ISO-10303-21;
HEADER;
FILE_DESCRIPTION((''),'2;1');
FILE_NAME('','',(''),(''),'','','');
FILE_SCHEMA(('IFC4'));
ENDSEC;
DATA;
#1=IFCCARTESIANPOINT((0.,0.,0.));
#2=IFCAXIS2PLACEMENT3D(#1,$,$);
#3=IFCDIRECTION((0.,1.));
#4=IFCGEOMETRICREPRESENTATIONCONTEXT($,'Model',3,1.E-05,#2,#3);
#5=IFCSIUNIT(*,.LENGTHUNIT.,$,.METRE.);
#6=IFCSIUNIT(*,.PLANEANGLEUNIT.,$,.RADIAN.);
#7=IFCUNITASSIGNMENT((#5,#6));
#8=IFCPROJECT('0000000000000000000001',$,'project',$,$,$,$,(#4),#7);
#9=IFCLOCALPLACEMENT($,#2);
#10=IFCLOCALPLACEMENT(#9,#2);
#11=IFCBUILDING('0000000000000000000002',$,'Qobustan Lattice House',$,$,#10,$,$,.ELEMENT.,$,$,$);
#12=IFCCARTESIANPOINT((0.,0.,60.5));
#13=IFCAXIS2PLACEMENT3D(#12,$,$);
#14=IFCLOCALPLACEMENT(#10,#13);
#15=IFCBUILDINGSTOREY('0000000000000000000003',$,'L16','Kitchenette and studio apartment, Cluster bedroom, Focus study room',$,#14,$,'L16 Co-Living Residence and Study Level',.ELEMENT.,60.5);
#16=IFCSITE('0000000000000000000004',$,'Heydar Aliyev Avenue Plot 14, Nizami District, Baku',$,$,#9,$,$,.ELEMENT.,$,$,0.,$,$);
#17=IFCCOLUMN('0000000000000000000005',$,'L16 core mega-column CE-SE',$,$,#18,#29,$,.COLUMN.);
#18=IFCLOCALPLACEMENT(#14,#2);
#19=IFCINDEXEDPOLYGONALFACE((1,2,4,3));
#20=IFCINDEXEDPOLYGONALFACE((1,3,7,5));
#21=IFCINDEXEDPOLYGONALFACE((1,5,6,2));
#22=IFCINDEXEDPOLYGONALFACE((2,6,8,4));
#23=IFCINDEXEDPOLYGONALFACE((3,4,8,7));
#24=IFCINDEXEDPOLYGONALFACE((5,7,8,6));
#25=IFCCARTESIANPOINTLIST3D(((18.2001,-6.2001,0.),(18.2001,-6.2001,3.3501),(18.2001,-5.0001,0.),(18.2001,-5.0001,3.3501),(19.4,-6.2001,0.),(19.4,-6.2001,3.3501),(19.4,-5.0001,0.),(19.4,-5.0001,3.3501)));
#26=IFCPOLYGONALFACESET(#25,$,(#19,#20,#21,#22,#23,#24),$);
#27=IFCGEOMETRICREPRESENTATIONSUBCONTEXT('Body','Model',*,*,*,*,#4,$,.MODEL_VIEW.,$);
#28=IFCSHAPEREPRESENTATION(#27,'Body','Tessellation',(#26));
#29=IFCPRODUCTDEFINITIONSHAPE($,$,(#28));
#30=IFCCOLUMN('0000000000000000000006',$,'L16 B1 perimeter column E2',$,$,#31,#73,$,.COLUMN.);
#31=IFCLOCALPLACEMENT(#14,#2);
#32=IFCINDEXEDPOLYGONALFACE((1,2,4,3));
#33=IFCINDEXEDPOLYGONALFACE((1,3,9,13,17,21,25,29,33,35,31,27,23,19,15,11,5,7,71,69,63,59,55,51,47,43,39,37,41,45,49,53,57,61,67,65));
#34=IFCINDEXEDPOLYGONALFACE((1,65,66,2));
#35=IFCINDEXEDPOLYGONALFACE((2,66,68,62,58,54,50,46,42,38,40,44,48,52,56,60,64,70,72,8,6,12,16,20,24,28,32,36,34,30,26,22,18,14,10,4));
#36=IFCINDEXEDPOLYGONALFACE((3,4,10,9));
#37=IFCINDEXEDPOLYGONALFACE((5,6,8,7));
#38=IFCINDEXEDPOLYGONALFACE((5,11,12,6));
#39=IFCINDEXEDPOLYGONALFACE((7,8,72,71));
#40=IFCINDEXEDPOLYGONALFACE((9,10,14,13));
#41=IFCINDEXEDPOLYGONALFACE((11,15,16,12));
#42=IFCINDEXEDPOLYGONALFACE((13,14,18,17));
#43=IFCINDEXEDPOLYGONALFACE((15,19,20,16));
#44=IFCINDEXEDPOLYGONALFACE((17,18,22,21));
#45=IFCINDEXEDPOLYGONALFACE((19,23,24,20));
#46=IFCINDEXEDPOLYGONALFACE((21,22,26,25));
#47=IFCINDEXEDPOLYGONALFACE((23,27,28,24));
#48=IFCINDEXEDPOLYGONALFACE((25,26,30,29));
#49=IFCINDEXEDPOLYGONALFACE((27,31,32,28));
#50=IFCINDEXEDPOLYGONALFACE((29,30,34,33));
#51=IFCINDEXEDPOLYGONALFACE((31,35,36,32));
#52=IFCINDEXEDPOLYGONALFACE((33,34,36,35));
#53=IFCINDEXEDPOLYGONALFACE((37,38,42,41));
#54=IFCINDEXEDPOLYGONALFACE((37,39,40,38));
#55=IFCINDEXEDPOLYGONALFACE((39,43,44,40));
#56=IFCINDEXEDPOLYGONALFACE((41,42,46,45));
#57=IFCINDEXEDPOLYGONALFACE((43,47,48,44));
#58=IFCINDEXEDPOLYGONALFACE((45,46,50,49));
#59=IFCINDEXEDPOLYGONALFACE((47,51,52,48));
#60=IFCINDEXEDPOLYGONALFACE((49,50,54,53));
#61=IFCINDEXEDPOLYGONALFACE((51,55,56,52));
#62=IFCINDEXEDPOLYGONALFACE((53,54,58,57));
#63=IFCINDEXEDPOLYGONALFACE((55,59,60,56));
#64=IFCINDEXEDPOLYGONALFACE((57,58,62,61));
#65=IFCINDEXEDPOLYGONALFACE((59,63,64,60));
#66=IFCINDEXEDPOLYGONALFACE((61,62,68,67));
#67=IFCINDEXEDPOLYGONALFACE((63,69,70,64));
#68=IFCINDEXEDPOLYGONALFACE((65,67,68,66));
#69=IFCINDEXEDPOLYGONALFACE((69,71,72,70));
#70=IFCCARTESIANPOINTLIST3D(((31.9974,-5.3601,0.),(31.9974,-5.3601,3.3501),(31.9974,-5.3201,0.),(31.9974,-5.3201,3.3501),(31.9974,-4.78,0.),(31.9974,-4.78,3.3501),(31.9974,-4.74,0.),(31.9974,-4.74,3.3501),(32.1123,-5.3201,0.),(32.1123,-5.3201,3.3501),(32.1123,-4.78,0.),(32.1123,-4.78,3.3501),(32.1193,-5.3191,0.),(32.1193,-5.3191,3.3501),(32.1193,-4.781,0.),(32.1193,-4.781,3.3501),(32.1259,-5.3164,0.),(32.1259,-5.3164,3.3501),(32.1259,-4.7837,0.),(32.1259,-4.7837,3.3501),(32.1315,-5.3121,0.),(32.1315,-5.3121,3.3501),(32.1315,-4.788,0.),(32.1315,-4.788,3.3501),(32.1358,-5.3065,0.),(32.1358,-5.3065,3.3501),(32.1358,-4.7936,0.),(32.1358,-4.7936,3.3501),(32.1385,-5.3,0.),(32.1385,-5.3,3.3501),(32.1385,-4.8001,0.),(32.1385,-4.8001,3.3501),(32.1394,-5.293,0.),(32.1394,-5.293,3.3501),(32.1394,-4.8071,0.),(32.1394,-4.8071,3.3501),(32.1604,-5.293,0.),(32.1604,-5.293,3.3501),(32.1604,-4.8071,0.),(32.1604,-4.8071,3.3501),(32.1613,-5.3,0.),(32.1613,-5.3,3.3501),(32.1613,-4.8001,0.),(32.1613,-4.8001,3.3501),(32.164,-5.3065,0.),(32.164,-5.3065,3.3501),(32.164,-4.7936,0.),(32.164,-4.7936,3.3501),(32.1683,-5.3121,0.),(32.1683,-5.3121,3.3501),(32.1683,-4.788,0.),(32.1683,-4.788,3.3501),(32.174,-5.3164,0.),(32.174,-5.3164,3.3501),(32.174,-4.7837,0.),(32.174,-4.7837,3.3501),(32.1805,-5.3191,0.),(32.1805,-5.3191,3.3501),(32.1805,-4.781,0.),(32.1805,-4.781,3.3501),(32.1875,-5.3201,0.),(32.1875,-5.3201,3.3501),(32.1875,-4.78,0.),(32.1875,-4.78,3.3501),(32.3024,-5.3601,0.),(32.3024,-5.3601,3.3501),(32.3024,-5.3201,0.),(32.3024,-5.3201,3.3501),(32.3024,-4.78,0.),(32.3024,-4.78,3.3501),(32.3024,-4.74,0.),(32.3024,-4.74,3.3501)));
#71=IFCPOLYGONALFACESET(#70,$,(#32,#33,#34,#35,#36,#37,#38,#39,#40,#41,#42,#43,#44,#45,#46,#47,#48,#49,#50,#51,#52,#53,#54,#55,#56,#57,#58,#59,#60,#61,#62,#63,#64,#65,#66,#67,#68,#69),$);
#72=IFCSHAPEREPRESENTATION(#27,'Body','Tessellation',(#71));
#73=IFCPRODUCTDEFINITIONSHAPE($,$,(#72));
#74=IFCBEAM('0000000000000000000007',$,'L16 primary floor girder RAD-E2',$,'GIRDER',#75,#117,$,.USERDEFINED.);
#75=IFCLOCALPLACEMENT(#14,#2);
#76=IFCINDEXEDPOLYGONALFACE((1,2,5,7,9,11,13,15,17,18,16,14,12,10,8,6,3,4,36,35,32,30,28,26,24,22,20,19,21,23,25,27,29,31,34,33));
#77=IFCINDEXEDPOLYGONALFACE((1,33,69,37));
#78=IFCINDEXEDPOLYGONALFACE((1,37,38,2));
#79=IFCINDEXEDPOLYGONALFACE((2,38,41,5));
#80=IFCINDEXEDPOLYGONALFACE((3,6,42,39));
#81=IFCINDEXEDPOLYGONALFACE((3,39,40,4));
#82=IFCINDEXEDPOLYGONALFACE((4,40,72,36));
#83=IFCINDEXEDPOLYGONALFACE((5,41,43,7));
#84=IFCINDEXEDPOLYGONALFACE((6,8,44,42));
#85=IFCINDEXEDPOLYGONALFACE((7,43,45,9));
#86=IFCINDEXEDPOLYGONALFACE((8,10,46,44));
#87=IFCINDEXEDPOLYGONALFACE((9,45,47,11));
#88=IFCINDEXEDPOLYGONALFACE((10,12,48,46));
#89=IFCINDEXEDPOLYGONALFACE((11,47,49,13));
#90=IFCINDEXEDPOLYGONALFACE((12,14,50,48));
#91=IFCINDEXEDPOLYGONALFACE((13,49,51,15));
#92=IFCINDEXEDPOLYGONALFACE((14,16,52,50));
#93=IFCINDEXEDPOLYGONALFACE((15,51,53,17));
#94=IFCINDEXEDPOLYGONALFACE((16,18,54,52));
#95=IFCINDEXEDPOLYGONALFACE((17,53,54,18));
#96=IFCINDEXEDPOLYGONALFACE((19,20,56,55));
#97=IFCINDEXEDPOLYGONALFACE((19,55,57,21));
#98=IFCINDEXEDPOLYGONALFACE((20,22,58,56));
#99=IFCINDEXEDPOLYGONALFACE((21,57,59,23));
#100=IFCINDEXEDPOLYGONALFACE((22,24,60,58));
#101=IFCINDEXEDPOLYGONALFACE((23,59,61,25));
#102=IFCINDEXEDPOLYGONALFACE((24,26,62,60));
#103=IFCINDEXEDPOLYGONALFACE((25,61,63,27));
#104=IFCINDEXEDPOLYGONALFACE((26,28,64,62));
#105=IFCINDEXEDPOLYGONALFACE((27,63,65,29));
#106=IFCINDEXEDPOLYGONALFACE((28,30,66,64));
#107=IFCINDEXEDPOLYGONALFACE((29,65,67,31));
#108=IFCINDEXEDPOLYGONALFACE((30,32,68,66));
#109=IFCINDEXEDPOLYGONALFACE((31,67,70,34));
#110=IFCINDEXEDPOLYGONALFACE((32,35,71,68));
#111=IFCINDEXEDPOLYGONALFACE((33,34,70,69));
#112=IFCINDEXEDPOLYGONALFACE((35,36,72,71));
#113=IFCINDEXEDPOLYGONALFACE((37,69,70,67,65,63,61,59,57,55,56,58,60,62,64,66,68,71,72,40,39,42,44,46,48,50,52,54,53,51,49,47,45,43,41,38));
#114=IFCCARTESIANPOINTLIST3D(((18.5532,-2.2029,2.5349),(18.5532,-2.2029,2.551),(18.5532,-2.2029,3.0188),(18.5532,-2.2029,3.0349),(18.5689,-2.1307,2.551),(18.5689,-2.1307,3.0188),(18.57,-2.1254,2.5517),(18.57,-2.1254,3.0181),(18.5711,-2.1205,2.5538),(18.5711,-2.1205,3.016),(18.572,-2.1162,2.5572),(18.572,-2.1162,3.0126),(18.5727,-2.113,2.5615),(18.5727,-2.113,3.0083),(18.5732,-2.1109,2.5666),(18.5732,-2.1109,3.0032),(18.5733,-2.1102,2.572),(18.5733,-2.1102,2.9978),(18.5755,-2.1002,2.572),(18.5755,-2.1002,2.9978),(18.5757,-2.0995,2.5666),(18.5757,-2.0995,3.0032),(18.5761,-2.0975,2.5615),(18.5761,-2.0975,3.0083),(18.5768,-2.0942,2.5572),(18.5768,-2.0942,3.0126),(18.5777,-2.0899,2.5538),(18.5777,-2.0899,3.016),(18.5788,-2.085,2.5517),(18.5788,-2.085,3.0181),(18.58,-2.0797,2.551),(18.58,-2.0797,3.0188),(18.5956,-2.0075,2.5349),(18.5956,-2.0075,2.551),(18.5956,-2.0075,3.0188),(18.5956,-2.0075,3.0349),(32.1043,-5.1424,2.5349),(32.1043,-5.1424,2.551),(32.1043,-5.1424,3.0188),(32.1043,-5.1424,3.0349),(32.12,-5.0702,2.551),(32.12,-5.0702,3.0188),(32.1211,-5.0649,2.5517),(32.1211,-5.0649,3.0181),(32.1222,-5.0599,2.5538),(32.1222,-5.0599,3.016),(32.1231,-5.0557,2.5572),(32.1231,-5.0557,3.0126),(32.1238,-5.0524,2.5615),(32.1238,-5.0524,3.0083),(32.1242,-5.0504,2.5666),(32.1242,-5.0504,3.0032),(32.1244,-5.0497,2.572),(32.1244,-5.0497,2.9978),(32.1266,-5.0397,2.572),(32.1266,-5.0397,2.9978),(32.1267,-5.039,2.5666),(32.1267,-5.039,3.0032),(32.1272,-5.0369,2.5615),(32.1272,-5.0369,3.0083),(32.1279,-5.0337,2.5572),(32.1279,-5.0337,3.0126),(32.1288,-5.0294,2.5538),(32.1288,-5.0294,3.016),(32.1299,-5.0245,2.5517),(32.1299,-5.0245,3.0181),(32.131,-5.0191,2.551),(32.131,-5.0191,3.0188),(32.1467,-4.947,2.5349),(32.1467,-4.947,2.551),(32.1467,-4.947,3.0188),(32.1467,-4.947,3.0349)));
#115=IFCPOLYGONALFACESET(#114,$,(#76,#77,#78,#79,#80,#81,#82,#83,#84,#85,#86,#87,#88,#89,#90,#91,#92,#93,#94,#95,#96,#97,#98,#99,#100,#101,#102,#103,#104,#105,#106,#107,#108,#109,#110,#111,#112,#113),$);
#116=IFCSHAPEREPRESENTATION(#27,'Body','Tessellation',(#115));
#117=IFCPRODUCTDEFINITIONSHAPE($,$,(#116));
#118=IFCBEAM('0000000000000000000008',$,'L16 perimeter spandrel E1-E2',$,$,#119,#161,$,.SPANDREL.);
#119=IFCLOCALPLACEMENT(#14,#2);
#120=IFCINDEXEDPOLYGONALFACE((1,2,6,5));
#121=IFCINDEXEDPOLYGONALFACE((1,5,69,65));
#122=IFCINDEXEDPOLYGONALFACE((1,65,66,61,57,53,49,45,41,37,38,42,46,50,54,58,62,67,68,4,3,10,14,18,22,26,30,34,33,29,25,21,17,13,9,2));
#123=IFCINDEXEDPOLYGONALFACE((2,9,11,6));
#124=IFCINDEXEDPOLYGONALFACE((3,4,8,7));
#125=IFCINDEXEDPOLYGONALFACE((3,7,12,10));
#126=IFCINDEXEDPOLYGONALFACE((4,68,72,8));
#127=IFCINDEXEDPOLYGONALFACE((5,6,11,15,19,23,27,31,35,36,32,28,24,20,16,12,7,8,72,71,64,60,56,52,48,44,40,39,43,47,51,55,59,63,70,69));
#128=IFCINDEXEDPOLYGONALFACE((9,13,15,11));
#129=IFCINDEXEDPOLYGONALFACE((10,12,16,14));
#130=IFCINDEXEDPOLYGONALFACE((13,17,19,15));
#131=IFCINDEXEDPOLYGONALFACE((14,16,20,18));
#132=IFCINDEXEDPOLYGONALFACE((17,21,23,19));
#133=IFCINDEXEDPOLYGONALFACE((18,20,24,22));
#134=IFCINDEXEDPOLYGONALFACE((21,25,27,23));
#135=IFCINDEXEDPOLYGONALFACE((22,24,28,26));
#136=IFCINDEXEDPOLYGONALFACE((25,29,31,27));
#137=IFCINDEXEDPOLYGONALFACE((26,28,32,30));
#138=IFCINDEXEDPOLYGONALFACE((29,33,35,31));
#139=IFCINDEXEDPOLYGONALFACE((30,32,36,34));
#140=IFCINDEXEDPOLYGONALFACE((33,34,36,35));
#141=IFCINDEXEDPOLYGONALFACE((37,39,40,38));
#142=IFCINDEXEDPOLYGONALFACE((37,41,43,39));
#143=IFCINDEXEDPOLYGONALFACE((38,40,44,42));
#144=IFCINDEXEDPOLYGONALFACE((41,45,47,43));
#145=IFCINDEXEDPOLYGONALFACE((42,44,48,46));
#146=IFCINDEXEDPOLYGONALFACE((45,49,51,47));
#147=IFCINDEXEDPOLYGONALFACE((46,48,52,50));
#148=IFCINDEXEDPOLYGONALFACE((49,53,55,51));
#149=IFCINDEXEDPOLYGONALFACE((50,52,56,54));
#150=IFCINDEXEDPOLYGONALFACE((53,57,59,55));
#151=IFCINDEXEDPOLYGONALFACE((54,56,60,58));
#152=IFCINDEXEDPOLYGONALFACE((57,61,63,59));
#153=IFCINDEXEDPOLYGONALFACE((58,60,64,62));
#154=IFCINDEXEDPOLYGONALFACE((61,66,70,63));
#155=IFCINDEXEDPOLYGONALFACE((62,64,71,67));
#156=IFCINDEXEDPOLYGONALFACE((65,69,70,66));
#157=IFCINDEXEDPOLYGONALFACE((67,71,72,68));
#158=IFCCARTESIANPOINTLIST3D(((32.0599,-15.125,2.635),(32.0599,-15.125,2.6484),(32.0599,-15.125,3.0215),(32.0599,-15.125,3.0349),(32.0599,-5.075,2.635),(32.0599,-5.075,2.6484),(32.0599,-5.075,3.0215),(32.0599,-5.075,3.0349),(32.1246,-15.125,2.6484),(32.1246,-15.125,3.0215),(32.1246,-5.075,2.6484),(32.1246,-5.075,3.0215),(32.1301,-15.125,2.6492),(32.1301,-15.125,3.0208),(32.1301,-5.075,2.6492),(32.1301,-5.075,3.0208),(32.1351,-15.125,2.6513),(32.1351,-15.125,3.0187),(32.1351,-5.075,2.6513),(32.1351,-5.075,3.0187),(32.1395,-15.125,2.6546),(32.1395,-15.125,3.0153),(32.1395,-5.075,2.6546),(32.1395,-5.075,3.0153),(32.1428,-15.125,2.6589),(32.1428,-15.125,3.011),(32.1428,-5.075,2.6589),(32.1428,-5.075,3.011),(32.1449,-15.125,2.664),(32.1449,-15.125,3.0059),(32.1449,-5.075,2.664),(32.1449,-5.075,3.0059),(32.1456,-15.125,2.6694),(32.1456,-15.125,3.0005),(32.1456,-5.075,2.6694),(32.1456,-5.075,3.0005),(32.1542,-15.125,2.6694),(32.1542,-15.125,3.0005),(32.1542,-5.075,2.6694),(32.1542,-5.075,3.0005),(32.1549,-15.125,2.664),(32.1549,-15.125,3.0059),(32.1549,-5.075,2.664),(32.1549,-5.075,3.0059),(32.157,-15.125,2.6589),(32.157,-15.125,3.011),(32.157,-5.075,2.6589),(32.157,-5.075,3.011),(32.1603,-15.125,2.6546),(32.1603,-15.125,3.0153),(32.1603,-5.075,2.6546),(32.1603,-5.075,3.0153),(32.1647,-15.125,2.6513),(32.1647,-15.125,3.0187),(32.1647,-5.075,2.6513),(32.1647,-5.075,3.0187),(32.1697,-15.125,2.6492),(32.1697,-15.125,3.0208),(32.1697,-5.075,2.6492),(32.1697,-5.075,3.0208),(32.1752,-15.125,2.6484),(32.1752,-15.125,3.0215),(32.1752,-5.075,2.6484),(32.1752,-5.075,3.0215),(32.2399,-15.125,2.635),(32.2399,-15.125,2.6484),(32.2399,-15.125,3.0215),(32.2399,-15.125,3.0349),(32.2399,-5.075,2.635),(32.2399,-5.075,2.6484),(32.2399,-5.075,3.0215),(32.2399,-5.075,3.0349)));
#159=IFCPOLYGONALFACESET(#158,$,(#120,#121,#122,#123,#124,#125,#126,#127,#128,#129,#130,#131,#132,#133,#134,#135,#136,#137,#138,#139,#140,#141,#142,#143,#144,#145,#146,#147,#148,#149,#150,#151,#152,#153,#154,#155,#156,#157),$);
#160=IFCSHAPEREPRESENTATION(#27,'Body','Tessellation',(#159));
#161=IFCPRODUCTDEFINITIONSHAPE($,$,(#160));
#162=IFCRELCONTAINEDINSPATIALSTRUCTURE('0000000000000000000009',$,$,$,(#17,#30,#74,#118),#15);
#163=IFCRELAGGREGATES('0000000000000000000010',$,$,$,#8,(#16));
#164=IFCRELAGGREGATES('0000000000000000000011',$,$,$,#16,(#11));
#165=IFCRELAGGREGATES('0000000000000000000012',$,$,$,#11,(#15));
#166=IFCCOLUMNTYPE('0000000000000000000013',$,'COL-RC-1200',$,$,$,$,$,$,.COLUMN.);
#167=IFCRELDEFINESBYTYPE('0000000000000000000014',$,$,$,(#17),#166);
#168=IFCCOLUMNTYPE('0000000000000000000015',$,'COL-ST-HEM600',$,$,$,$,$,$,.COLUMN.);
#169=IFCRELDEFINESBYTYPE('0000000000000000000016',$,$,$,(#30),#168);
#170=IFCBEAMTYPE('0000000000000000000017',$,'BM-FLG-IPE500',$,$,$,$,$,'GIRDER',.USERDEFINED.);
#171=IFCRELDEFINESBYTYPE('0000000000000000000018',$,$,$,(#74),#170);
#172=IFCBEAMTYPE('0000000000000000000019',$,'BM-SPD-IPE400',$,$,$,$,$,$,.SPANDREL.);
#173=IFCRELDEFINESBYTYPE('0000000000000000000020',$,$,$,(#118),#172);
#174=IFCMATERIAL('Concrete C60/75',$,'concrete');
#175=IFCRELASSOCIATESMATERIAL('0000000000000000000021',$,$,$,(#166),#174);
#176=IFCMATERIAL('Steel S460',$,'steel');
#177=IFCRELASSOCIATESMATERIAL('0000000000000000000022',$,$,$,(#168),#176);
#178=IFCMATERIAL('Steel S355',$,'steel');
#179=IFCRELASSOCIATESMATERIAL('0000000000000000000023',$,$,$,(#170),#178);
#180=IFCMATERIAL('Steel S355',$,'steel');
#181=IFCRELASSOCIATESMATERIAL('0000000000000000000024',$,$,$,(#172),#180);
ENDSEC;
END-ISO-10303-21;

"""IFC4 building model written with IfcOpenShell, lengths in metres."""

from ifc_helpers import new_model, si_unit, direction, frame, origin, origin_2d, place, context, subcontext, project, spatial, rectangle, i_section, extrude, material, material_profile, profile_set, type_object, element, save


model = new_model("IFC4")

# Units and contexts
model_context = context("Model", 3, precision=1e-05, world=origin(), true_north=direction((0.0, 1.0)))
body_context = subcontext(model_context, "Body", "Model", "MODEL_VIEW")
ifc_project = project(units=[si_unit("LENGTHUNIT", "METRE"), si_unit("PLANEANGLEUNIT", "RADIAN")], contexts=[model_context])

# Site, building, storey
site_placement = place(None, origin())
site = spatial("IfcSite", under=ifc_project, at=site_placement, Name="Heydar Aliyev Avenue Plot 14, Nizami District, Baku", CompositionType="ELEMENT", RefElevation=0.0)
building_placement = place(site_placement, origin())
building = spatial("IfcBuilding", under=site, at=building_placement, Name="Qobustan Lattice House", CompositionType="ELEMENT")
storey_placement = place(building_placement, frame((0.0, 0.0, 60.5)))
storey = spatial("IfcBuildingStorey", under=building, at=storey_placement, Name="L16", Description="Kitchenette and studio apartment, Cluster bedroom, Focus study room", LongName="L16 Co-Living Residence and Study Level", CompositionType="ELEMENT", Elevation=60.5)

# Columns
ifc_material_1 = material(Name="Concrete C60/75", Category="concrete")
ifc_material_profile_1 = material_profile(ifc_material_1, rectangle(XDim=1.2, YDim=1.2, at=origin_2d()), Name="RC1200x1200")
ifc_profile_set_1 = profile_set([ifc_material_profile_1], Name="Concrete C60/75")
column_type_1 = type_object("IfcColumnType", Name="COL-RC-1200", PredefinedType="COLUMN", material=ifc_profile_set_1)
column_1_placement = place(storey_placement, frame((18.8, -5.6001, 0.0), z_axis=(0.0, 0.0, 1.0), x_axis=(1.0, 0.0, 0.0)))
element("IfcColumn", 1, at=column_1_placement, inside=storey, type_object=column_type_1, Name="L16 core mega-column CE-SE", PredefinedType="COLUMN", context=body_context, shape_type="SweptSolid", body=[
    extrude(rectangle(XDim=1.2, YDim=1.2, at=origin_2d()), origin(), (0.0, 0.0, 1.0), 3.3501),
])
ifc_material_2 = material(Name="Steel S460", Category="steel")
ifc_material_profile_2 = material_profile(ifc_material_2, i_section(OverallWidth=0.3049, OverallDepth=0.6201, WebThickness=0.021, FlangeThickness=0.04, FilletRadius=0.0271, at=origin_2d()), Name="HEM600")
ifc_profile_set_2 = profile_set([ifc_material_profile_2], Name="Steel S460")
column_type_2 = type_object("IfcColumnType", Name="COL-ST-HEM600", PredefinedType="COLUMN", material=ifc_profile_set_2)
column_2_placement = place(storey_placement, frame((32.1499, -5.05, 0.0), z_axis=(0.0, 0.0, 1.0), x_axis=(1.0, 0.0, 0.0)))
element("IfcColumn", 2, at=column_2_placement, inside=storey, type_object=column_type_2, Name="L16 B1 perimeter column E2", PredefinedType="COLUMN", context=body_context, shape_type="SweptSolid", body=[
    extrude(i_section(OverallWidth=0.3049, OverallDepth=0.6201, WebThickness=0.021, FlangeThickness=0.04, FilletRadius=0.0271, at=origin_2d()), origin(), (0.0, 0.0, 1.0), 3.3501),
])

# Beams
ifc_material_3 = material(Name="Steel S355", Category="steel")
ifc_material_profile_3 = material_profile(ifc_material_3, i_section(OverallWidth=0.2, OverallDepth=0.5, WebThickness=0.0103, FlangeThickness=0.0161, FilletRadius=0.021, at=origin_2d()), Name="IPE500")
ifc_profile_set_3 = profile_set([ifc_material_profile_3], Name="Steel S355")
beam_type_1 = type_object("IfcBeamType", Name="BM-FLG-IPE500", ElementType="GIRDER", PredefinedType="USERDEFINED", material=ifc_profile_set_3)
beam_1_placement = place(storey_placement, frame((32.1255, -5.0447, 2.7849), z_axis=(-0.977272, 0.211987, 0.0), x_axis=(-0.211987, -0.977272, 0.0)))
element("IfcBeam", 3, at=beam_1_placement, inside=storey, type_object=beam_type_1, Name="L16 primary floor girder RAD-E2", ObjectType="GIRDER", PredefinedType="USERDEFINED", context=body_context, shape_type="SweptSolid", body=[
    extrude(i_section(OverallWidth=0.2, OverallDepth=0.5, WebThickness=0.0103, FlangeThickness=0.0161, FilletRadius=0.021, at=origin_2d()), origin(), (0.0, 0.0, 1.0), 13.8662),
])
ifc_material_4 = material(Name="Steel S355", Category="steel")
ifc_material_profile_4 = material_profile(ifc_material_4, i_section(OverallWidth=0.1799, OverallDepth=0.3999, WebThickness=0.0085, FlangeThickness=0.0134, FilletRadius=0.021, at=origin_2d()), Name="IPE400")
ifc_profile_set_4 = profile_set([ifc_material_profile_4], Name="Steel S355")
beam_type_2 = type_object("IfcBeamType", Name="BM-SPD-IPE400", PredefinedType="SPANDREL", material=ifc_profile_set_4)
beam_2_placement = place(storey_placement, frame((32.1499, -15.125, 2.835), z_axis=(0.0, 1.0, 0.0), x_axis=(-1.0, 0.0, 0.0)))
element("IfcBeam", 4, at=beam_2_placement, inside=storey, type_object=beam_type_2, Name="L16 perimeter spandrel E1-E2", PredefinedType="SPANDREL", context=body_context, shape_type="SweptSolid", body=[
    extrude(i_section(OverallWidth=0.1799, OverallDepth=0.3999, WebThickness=0.0085, FlangeThickness=0.0134, FilletRadius=0.021, at=origin_2d()), origin(), (0.0, 0.0, 1.0), 10.05),
])

save(model, "model.ifc")
